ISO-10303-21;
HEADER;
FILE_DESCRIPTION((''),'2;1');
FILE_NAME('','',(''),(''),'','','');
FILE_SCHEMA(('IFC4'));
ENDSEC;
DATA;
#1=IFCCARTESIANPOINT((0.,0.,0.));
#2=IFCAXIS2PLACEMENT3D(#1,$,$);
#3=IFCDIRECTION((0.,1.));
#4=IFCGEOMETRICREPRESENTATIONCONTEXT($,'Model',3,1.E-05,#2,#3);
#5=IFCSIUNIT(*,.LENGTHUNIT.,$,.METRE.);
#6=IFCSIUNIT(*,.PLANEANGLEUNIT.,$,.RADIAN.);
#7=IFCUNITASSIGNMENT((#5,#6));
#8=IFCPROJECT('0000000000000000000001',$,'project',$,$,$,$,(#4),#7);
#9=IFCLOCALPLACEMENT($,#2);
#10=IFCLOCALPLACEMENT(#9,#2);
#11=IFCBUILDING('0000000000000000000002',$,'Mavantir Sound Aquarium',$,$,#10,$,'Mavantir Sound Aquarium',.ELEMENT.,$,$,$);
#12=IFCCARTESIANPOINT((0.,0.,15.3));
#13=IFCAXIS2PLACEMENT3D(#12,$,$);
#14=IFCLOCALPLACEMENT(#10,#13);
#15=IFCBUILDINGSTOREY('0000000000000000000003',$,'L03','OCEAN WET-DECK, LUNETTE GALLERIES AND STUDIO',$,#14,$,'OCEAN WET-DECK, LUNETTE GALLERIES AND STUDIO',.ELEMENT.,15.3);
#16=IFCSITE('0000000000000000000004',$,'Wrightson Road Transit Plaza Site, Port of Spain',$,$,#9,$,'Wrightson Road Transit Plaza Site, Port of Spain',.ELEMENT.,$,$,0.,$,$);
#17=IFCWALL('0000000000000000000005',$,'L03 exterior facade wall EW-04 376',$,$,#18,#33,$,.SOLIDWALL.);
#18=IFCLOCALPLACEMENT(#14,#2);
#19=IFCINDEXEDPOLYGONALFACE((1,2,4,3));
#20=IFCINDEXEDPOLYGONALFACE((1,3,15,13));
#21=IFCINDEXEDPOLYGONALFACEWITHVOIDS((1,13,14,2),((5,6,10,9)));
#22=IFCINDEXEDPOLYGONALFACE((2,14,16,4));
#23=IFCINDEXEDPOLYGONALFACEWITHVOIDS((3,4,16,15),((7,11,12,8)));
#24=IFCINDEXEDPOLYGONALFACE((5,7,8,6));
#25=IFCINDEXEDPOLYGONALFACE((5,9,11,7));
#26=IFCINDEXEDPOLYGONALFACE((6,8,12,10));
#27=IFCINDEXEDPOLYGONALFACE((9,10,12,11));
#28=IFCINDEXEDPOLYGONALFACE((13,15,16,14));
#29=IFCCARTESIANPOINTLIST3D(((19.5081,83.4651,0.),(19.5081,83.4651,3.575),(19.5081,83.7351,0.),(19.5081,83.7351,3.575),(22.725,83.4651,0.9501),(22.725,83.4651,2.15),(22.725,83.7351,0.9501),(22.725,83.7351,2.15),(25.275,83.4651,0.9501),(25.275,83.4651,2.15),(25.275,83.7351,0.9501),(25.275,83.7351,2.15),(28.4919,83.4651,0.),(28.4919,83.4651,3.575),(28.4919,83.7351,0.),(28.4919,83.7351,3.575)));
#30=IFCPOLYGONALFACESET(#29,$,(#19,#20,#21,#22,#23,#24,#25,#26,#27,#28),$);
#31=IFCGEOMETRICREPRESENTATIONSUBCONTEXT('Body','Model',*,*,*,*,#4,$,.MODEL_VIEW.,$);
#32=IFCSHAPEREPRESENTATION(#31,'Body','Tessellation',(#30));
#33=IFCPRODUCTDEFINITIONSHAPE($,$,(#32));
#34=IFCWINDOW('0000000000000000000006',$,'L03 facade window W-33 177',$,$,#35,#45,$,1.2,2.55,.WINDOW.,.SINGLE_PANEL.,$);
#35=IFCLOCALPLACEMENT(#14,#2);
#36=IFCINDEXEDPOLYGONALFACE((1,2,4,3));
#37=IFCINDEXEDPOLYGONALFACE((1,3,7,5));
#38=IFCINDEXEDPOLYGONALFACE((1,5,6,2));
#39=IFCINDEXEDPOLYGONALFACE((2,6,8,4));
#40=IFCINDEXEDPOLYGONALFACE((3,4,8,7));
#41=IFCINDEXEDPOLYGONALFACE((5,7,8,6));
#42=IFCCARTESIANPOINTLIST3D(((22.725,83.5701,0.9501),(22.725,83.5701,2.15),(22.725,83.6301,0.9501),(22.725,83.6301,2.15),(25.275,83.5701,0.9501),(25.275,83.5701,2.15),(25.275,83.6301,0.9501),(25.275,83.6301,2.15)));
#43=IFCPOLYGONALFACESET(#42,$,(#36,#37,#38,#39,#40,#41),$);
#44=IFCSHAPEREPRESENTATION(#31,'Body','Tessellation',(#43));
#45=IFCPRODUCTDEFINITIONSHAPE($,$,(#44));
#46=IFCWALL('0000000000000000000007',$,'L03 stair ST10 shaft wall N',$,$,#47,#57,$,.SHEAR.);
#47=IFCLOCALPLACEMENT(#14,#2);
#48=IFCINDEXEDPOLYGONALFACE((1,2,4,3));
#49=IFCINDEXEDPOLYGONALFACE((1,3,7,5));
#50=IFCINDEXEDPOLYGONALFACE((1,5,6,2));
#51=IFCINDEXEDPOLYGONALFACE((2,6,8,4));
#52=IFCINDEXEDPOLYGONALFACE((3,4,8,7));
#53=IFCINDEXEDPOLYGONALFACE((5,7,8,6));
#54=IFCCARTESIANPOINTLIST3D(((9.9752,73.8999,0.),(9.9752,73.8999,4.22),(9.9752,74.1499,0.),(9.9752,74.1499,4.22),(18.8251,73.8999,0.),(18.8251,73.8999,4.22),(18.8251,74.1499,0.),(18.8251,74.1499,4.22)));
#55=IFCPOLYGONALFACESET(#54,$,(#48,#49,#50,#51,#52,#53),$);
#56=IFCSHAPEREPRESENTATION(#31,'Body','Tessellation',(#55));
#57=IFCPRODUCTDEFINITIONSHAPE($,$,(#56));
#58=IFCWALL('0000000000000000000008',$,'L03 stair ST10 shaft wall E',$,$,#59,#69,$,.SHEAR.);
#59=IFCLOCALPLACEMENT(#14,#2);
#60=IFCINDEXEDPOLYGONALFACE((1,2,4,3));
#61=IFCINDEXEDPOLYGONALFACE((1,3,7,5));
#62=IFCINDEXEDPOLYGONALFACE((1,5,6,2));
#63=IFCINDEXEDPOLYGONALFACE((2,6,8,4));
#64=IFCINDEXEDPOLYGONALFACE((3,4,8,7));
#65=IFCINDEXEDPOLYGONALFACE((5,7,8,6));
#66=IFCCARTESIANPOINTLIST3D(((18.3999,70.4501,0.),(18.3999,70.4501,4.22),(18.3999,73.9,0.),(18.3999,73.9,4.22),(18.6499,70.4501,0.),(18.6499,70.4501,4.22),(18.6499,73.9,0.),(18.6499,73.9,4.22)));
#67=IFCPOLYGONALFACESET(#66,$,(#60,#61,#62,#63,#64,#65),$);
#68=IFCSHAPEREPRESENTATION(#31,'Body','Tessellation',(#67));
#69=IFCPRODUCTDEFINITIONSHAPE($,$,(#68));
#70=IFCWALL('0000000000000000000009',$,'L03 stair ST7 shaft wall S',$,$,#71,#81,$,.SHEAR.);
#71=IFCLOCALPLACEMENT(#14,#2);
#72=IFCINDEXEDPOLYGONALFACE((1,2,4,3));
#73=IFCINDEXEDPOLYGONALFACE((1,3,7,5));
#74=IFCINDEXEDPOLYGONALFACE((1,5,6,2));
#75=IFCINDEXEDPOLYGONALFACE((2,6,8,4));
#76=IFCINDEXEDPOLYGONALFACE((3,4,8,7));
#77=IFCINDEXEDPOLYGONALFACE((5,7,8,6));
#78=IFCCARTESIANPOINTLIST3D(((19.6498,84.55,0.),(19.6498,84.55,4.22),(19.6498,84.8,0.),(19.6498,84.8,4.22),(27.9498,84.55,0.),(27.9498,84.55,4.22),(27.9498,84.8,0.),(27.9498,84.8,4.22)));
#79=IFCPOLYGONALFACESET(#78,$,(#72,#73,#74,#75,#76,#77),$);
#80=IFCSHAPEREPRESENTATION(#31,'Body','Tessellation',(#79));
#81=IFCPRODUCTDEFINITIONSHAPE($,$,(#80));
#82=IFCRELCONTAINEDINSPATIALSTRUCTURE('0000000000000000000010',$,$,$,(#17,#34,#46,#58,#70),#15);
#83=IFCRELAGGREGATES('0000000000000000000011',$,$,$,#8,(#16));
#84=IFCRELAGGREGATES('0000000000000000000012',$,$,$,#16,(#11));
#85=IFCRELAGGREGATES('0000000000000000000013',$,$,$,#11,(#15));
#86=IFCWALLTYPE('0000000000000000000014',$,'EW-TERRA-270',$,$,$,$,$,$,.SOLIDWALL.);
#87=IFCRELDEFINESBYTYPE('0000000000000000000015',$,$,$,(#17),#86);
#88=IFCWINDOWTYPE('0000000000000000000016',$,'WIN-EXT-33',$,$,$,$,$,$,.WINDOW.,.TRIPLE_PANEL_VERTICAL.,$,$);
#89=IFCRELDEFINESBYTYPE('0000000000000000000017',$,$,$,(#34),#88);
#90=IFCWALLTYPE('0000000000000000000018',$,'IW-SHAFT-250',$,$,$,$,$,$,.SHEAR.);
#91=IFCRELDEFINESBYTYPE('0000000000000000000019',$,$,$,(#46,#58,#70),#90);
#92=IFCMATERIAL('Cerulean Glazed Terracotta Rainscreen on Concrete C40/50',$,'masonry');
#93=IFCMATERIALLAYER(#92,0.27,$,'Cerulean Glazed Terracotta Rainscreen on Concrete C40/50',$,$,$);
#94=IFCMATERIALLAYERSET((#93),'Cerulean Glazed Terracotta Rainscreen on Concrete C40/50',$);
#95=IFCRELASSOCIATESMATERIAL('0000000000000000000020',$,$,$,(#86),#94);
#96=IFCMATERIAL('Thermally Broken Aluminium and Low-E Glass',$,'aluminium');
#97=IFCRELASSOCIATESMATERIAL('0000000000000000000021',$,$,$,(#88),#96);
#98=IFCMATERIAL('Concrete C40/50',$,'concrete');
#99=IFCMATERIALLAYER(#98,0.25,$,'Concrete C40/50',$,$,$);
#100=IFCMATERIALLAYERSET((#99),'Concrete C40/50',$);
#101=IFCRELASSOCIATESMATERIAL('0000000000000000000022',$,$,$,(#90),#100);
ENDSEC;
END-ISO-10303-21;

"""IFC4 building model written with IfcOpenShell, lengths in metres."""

from ifc_helpers import new_model, si_unit, direction, frame, frame_2d, origin, place, context, subcontext, project, spatial, rectangle, extrude, material, layer, layer_set, type_object, element, fill, save


model = new_model("IFC4")

# Units and contexts
model_context = context("Model", 3, precision=1e-05, world=origin(), true_north=direction((0.0, 1.0)))
body_context = subcontext(model_context, "Body", "Model", "MODEL_VIEW")
ifc_project = project(units=[si_unit("LENGTHUNIT", "METRE"), si_unit("PLANEANGLEUNIT", "RADIAN")], contexts=[model_context])

# Site, building, storey
site_placement = place(None, origin())
site = spatial("IfcSite", under=ifc_project, at=site_placement, Name="Wrightson Road Transit Plaza Site, Port of Spain", LongName="Wrightson Road Transit Plaza Site, Port of Spain", CompositionType="ELEMENT", RefElevation=0.0)
building_placement = place(site_placement, origin())
building = spatial("IfcBuilding", under=site, at=building_placement, Name="Mavantir Sound Aquarium", LongName="Mavantir Sound Aquarium", CompositionType="ELEMENT")
storey_placement = place(building_placement, frame((0.0, 0.0, 15.3)))
storey = spatial("IfcBuildingStorey", under=building, at=storey_placement, Name="L03", Description="OCEAN WET-DECK, LUNETTE GALLERIES AND STUDIO", LongName="OCEAN WET-DECK, LUNETTE GALLERIES AND STUDIO", CompositionType="ELEMENT", Elevation=15.3)

# Shared definitions
ifc_material_1 = material(Name="Concrete C40/50", Category="concrete")

# Wall, opening, window
ifc_material_2 = material(Name="Thermally Broken Aluminium and Low-E Glass", Category="aluminium")
ifc_material_3 = material(Name="Cerulean Glazed Terracotta Rainscreen on Concrete C40/50", Category="masonry")
ifc_layer_1 = layer(ifc_material_3, 0.27, Name="Cerulean Glazed Terracotta Rainscreen on Concrete C40/50")
ifc_layer_set_1 = layer_set([ifc_layer_1], Name="Cerulean Glazed Terracotta Rainscreen on Concrete C40/50")
wall_type_1 = type_object("IfcWallType", Name="EW-TERRA-270", PredefinedType="SOLIDWALL", material=ifc_layer_set_1)
wall_1_placement = place(storey_placement, frame((19.5081, 83.6001, 0.0), z_axis=(0.0, 0.0, 1.0), x_axis=(1.0, 0.0, 0.0)))
wall_1 = element("IfcWall", 1, at=wall_1_placement, inside=storey, type_object=wall_type_1, Name="L03 exterior facade wall EW-04 376", PredefinedType="SOLIDWALL", context=body_context, shape_type="SweptSolid", body=[
    extrude(rectangle(XDim=8.9839, YDim=0.27, at=frame_2d((4.4919, 0.0))), origin(), (0.0, 0.0, 1.0), 3.575),
])
opening_1_placement = place(wall_1_placement, frame((3.217, 0.0, 0.95)))
opening_1 = element("IfcOpeningElement", 2, at=opening_1_placement, cuts=wall_1, PredefinedType="OPENING", context=body_context, shape_type="SweptSolid", body=[
    extrude(rectangle(XDim=2.55, YDim=1.2, at=frame_2d((1.2749, 0.6001))), frame((0.0, 0.145, 0.0), z_axis=(0.0, -1.0, 0.0), x_axis=(1.0, 0.0, 0.0)), (0.0, 0.0, 1.0), 0.29),
])
window_type_1 = type_object("IfcWindowType", Name="WIN-EXT-33", PartitioningType="TRIPLE_PANEL_VERTICAL", PredefinedType="WINDOW", material=ifc_material_2)
window_1_placement = place(opening_1_placement, origin())
window_1 = element("IfcWindow", 3, at=window_1_placement, inside=storey, type_object=window_type_1, Name="L03 facade window W-33 177", OverallHeight=1.2, OverallWidth=2.55, PartitioningType="SINGLE_PANEL", PredefinedType="WINDOW", context=body_context, shape_type="SweptSolid", body=[
    extrude(rectangle(XDim=2.55, YDim=1.2, at=frame_2d((1.2749, 0.6001))), frame((0.0, 0.03, 0.0), z_axis=(0.0, -1.0, 0.0), x_axis=(1.0, 0.0, 0.0)), (0.0, 0.0, 1.0), 0.0601),
])
fill(opening_1, window_1)

# Walls
ifc_layer_2 = layer(ifc_material_1, 0.25, Name="Concrete C40/50")
ifc_layer_set_2 = layer_set([ifc_layer_2], Name="Concrete C40/50")
wall_type_2 = type_object("IfcWallType", Name="IW-SHAFT-250", PredefinedType="SHEAR", material=ifc_layer_set_2)
wall_2_placement = place(storey_placement, frame((18.825, 74.0249, 0.0), z_axis=(0.0, 0.0, 1.0), x_axis=(-1.0, 0.0, 0.0)))
element("IfcWall", 4, at=wall_2_placement, inside=storey, type_object=wall_type_2, Name="L03 stair ST10 shaft wall N", PredefinedType="SHEAR", context=body_context, shape_type="SweptSolid", body=[
    extrude(rectangle(XDim=8.8499, YDim=0.25, at=frame_2d((4.4248, 0.0))), origin(), (0.0, 0.0, 1.0), 4.22),
])
wall_3_placement = place(storey_placement, frame((18.5249, 70.45, 0.0), z_axis=(0.0, 0.0, 1.0), x_axis=(0.0, 1.0, 0.0)))
element("IfcWall", 5, at=wall_3_placement, inside=storey, type_object=wall_type_2, Name="L03 stair ST10 shaft wall E", PredefinedType="SHEAR", context=body_context, shape_type="SweptSolid", body=[
    extrude(rectangle(XDim=3.45, YDim=0.25, at=frame_2d((1.7251, 0.0))), origin(), (0.0, 0.0, 1.0), 4.22),
])
wall_4_placement = place(storey_placement, frame((19.6499, 84.675, 0.0), z_axis=(0.0, 0.0, 1.0), x_axis=(1.0, 0.0, 0.0)))
element("IfcWall", 6, at=wall_4_placement, inside=storey, type_object=wall_type_2, Name="L03 stair ST7 shaft wall S", PredefinedType="SHEAR", context=body_context, shape_type="SweptSolid", body=[
    extrude(rectangle(XDim=8.3, YDim=0.25, at=frame_2d((4.1499, 0.0))), origin(), (0.0, 0.0, 1.0), 4.22),
])

save(model, "model.ifc")
